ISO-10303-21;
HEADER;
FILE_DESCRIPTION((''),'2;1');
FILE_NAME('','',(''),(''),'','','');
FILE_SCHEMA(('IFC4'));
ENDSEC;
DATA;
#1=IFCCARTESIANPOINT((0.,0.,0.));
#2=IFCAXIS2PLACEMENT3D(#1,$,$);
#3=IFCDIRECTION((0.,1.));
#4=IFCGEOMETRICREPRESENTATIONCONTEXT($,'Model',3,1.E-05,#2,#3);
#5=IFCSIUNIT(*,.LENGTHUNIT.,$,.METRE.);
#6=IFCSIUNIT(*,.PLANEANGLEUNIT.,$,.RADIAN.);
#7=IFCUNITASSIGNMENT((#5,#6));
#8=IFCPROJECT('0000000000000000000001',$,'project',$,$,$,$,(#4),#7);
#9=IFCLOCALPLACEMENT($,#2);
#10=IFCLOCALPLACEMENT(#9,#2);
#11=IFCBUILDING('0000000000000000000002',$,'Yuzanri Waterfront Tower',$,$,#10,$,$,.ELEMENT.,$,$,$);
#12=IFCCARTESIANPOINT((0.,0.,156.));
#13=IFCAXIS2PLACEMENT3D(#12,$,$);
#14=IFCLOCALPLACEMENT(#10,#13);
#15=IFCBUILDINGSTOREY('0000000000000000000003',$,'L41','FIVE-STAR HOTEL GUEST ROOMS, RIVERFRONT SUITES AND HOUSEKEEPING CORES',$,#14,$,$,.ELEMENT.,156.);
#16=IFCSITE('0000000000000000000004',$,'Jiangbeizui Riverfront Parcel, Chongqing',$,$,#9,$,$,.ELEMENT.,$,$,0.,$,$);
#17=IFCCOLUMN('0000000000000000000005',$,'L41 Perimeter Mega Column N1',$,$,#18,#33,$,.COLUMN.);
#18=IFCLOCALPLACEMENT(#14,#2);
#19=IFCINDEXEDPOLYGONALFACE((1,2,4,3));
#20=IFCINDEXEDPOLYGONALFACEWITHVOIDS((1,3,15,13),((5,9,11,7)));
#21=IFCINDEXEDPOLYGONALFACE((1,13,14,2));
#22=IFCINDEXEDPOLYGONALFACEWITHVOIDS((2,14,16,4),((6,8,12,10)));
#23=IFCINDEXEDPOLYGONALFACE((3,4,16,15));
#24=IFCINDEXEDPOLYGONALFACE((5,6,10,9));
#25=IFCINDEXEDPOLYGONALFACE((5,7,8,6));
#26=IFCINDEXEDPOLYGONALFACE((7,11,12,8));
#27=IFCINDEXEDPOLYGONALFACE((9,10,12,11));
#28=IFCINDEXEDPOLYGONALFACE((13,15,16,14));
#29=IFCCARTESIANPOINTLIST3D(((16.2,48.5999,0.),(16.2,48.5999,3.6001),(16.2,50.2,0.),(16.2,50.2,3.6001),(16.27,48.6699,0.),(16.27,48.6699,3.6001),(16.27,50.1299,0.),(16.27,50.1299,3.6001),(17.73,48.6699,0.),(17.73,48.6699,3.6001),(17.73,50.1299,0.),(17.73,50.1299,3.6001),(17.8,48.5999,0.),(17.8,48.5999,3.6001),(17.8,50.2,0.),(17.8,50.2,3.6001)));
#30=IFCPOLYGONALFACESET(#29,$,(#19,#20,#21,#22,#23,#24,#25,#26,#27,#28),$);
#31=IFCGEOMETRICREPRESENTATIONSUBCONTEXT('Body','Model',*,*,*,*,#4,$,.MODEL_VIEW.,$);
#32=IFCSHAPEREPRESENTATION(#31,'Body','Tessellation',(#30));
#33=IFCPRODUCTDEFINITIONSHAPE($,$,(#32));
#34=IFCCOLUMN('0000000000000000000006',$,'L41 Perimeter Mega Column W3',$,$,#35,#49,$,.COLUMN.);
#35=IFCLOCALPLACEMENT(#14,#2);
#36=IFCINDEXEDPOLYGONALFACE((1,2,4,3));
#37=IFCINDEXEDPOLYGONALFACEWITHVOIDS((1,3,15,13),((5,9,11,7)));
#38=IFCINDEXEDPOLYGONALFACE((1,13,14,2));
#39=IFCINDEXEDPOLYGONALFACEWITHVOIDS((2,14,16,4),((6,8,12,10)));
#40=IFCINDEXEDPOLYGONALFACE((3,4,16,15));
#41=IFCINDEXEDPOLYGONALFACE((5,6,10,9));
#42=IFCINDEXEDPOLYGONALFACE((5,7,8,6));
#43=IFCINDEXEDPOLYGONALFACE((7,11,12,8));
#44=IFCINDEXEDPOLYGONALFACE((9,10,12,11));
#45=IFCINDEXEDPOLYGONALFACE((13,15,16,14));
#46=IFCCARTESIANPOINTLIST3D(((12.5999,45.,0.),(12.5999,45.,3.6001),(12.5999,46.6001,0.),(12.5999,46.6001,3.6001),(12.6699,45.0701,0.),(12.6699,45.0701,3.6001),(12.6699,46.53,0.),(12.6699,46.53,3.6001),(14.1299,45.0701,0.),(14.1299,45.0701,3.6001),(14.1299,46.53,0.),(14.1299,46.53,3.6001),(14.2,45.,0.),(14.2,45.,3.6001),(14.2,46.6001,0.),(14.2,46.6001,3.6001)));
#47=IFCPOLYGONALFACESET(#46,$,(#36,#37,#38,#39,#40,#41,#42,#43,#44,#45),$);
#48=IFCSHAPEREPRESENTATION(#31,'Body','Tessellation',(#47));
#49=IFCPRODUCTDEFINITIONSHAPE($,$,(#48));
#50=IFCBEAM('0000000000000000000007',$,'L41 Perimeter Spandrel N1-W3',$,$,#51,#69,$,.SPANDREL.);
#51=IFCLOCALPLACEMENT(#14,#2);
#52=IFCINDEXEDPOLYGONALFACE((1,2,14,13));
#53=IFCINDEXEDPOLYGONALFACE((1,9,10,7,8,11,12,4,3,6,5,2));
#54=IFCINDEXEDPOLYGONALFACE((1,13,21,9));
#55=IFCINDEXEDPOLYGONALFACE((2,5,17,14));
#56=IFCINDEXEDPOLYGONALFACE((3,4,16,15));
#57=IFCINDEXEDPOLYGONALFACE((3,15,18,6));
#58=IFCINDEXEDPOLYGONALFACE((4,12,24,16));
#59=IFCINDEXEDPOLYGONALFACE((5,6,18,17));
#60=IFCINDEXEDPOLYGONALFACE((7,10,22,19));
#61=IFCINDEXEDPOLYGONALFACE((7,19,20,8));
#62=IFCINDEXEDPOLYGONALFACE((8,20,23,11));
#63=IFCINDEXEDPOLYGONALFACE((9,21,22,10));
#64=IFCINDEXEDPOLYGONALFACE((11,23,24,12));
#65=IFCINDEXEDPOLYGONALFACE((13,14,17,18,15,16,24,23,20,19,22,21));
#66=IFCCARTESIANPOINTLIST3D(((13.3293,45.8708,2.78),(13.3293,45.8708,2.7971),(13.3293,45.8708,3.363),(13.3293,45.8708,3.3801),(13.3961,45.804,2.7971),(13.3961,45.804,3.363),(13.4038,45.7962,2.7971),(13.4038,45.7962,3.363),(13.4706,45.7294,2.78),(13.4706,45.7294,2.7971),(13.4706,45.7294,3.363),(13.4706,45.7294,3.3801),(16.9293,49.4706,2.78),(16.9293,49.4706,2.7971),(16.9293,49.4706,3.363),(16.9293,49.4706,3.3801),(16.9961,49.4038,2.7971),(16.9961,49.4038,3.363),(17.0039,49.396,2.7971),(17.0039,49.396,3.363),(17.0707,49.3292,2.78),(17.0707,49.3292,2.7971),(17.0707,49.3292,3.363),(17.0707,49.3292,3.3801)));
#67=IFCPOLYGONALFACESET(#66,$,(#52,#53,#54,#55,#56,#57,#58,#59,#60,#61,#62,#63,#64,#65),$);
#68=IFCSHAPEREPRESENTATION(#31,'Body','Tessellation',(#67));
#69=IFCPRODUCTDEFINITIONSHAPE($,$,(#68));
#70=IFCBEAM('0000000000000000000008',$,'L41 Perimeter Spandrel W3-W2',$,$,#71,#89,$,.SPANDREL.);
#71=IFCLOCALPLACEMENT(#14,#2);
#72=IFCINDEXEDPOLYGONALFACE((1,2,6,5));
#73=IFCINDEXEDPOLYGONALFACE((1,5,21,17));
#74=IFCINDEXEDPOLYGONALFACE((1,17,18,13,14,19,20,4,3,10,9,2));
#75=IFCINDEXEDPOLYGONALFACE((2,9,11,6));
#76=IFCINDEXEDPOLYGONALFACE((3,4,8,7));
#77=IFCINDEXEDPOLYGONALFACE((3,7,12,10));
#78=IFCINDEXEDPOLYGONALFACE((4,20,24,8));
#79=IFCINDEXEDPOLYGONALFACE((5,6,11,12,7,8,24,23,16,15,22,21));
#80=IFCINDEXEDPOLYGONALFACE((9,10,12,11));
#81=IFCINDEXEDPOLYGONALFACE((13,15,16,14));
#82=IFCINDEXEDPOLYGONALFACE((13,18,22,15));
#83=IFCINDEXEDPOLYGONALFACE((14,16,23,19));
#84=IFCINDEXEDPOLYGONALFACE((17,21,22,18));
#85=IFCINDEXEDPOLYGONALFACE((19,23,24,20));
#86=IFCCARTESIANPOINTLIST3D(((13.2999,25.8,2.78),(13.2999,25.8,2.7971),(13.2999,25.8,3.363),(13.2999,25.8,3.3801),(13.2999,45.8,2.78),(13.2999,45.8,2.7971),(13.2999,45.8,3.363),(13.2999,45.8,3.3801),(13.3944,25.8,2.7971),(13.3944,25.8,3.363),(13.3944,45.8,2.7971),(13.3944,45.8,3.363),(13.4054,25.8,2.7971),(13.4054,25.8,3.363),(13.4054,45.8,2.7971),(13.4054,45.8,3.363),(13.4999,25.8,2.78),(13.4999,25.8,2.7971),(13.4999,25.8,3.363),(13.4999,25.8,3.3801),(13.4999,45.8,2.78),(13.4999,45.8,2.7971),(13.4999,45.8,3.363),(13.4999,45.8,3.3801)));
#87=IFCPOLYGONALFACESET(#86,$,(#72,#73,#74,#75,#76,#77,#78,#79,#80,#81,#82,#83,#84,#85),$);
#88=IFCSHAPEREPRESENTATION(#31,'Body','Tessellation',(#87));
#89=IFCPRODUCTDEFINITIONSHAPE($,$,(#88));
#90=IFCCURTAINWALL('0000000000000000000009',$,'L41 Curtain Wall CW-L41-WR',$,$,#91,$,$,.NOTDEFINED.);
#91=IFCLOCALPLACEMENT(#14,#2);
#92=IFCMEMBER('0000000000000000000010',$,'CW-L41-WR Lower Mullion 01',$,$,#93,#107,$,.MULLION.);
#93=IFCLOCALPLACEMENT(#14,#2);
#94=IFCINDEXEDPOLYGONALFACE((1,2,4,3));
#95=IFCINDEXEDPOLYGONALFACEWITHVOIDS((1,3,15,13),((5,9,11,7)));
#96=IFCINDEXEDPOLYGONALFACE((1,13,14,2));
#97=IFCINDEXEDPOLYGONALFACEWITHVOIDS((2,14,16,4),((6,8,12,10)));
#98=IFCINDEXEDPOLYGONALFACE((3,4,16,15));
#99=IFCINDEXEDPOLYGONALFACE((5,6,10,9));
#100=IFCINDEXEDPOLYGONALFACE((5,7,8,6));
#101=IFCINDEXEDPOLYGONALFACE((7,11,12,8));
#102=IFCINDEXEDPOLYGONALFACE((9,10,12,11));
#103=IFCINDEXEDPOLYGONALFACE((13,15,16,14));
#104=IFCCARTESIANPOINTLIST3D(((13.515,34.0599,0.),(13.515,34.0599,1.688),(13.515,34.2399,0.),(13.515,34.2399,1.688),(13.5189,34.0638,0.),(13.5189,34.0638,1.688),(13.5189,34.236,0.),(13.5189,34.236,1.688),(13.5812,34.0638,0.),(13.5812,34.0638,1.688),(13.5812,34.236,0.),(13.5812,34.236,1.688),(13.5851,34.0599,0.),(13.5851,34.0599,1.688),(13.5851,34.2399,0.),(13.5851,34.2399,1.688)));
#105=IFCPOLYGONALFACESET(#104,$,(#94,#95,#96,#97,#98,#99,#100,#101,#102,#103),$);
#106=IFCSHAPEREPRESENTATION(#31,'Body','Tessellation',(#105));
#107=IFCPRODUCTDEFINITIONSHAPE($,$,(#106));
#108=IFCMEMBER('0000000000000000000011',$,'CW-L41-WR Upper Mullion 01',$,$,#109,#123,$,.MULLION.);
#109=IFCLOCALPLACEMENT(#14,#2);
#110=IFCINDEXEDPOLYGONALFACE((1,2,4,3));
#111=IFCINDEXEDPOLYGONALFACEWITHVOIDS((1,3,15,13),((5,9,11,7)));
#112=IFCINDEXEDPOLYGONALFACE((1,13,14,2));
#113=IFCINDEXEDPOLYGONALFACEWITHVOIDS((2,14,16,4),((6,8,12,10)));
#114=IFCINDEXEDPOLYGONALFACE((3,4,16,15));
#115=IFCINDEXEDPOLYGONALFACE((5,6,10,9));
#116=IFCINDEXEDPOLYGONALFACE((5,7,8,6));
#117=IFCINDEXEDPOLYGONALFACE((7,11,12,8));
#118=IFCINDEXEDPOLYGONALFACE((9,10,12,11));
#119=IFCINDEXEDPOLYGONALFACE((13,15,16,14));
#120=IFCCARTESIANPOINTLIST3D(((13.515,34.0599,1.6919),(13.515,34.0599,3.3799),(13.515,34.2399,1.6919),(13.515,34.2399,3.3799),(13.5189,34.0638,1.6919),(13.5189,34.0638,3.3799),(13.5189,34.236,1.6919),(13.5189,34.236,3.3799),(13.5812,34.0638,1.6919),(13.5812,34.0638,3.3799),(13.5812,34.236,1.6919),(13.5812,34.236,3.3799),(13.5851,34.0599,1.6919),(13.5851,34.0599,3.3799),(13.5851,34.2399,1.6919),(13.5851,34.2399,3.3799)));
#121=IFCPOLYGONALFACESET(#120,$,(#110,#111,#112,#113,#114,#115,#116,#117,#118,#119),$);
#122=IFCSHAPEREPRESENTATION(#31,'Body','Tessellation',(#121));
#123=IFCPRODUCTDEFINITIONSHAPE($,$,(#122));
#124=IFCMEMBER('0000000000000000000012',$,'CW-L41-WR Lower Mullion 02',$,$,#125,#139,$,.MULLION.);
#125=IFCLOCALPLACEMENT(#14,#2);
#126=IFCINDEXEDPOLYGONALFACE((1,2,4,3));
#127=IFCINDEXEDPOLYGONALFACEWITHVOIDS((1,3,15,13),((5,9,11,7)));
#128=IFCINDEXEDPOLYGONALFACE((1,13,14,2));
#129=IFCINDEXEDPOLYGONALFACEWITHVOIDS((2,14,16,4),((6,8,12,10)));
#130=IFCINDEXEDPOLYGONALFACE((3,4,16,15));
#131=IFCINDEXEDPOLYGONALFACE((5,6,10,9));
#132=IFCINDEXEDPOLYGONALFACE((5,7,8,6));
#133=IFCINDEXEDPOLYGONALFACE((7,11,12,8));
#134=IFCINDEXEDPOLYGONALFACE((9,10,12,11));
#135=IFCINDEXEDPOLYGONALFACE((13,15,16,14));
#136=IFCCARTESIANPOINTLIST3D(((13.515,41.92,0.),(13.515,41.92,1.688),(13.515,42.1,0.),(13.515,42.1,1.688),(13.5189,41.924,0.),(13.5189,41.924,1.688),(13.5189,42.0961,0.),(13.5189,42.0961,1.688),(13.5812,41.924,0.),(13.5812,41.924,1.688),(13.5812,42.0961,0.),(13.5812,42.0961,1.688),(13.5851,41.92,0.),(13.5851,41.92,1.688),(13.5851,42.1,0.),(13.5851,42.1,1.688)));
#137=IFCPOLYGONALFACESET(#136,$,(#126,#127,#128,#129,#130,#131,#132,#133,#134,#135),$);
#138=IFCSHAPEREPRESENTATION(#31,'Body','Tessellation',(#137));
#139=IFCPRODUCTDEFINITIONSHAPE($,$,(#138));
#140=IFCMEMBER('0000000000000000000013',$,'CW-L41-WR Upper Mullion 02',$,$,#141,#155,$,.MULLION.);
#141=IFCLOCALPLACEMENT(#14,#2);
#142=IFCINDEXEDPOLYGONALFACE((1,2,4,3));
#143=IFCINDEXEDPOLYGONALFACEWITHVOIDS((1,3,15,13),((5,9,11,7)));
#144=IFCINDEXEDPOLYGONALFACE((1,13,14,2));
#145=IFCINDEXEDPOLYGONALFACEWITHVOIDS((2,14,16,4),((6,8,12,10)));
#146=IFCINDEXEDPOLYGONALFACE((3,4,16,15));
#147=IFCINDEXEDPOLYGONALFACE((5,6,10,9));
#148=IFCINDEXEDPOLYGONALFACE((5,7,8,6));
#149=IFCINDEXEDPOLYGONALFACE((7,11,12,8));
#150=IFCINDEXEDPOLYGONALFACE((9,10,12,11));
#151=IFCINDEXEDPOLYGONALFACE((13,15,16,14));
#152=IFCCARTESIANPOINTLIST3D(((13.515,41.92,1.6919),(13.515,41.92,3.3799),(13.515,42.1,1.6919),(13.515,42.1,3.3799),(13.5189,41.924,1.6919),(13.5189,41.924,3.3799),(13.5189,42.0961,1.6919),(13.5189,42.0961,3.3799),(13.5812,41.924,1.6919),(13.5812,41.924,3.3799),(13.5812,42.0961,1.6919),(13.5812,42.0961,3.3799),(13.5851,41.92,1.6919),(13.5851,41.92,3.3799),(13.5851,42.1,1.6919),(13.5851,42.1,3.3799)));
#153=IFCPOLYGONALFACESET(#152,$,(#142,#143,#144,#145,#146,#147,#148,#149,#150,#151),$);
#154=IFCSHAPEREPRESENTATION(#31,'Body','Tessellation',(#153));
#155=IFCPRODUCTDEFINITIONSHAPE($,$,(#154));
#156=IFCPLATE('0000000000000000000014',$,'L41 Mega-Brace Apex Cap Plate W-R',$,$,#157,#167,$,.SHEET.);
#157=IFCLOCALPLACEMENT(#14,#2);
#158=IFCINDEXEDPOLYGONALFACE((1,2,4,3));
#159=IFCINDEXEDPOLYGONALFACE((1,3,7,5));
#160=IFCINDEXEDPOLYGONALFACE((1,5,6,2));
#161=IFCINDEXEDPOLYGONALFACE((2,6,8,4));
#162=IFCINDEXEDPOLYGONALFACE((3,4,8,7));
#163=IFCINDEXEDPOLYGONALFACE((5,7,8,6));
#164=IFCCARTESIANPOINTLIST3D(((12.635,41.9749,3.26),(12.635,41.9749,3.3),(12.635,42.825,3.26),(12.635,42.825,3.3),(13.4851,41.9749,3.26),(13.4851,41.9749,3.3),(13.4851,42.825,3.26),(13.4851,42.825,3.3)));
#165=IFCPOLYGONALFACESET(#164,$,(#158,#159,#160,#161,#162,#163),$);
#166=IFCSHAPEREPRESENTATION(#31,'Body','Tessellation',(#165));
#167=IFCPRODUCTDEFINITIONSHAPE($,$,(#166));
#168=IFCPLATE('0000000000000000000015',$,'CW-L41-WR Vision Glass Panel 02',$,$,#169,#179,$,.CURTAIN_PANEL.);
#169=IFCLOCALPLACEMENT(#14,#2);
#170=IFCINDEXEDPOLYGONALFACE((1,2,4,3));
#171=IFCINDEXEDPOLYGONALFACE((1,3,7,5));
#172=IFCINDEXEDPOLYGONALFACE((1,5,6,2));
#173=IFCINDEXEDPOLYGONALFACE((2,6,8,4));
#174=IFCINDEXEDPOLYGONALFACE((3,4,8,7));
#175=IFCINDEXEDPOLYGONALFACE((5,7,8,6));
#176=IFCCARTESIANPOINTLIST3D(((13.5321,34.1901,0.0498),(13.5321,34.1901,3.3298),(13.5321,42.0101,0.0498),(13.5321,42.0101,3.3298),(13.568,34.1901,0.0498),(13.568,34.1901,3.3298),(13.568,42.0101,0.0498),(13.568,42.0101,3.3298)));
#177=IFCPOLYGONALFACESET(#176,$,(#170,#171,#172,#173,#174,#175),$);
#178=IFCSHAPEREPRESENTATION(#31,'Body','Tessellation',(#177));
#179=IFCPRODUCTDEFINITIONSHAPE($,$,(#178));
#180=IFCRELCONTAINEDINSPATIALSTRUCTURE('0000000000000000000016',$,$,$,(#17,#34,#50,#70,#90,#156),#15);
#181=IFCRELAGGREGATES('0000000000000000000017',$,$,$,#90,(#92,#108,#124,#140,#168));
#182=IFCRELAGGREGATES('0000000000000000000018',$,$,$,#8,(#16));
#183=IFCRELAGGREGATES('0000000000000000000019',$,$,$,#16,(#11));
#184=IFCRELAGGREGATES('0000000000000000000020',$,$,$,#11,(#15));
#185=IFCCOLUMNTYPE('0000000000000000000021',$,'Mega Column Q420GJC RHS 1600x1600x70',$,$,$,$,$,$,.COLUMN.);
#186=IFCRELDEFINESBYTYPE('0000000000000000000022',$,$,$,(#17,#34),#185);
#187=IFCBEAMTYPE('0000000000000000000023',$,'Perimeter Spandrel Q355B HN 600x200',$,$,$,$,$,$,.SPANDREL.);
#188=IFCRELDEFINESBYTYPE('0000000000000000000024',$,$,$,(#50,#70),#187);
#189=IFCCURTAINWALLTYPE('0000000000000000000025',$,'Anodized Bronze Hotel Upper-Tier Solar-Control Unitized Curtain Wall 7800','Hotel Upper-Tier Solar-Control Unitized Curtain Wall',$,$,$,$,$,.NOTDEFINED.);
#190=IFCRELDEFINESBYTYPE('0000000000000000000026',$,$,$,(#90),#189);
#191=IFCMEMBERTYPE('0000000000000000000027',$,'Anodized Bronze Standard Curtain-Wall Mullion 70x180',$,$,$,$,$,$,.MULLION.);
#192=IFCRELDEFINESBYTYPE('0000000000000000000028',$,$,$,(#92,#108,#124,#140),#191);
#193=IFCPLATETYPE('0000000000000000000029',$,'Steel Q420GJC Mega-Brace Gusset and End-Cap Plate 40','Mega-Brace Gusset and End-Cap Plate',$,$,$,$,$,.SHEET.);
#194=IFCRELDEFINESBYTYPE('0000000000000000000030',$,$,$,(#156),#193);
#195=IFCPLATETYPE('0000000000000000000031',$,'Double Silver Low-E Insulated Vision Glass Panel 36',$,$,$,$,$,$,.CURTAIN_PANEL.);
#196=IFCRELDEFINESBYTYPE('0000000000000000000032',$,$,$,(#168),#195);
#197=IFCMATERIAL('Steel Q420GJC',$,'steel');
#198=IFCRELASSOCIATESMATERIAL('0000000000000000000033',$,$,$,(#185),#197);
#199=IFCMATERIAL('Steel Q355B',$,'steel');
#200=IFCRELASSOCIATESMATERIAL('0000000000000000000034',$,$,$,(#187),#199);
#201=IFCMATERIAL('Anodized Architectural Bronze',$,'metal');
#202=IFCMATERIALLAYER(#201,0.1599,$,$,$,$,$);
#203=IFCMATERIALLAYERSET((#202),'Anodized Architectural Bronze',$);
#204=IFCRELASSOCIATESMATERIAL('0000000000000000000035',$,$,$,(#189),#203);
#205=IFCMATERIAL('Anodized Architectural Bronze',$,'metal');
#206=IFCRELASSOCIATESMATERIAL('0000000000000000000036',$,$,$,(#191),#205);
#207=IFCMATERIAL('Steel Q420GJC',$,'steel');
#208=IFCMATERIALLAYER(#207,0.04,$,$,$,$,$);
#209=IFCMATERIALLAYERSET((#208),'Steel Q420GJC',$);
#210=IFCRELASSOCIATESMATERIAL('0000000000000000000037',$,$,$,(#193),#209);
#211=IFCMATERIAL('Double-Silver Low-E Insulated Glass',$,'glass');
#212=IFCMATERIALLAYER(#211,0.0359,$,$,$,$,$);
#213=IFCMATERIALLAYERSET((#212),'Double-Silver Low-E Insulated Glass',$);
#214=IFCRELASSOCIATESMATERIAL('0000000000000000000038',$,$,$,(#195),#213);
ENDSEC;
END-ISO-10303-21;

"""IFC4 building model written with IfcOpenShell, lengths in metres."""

from ifc_helpers import new_model, si_unit, direction, frame, origin, origin_2d, place, context, subcontext, project, spatial, rectangle, hollow_rectangle, i_section, extrude, source, transform, mapped, material, layer, layer_set, material_profile, profile_set, type_object, element, aggregate, save


model = new_model("IFC4")

# Units and contexts
model_context = context("Model", 3, precision=1e-05, world=origin(), true_north=direction((0.0, 1.0)))
body_context = subcontext(model_context, "Body", "Model", "MODEL_VIEW")
ifc_project = project(units=[si_unit("LENGTHUNIT", "METRE"), si_unit("PLANEANGLEUNIT", "RADIAN")], contexts=[model_context])

# Site, building, storey
site_placement = place(None, origin())
site = spatial("IfcSite", under=ifc_project, at=site_placement, Name="Jiangbeizui Riverfront Parcel, Chongqing", CompositionType="ELEMENT", RefElevation=0.0)
building_placement = place(site_placement, origin())
building = spatial("IfcBuilding", under=site, at=building_placement, Name="Yuzanri Waterfront Tower", CompositionType="ELEMENT")
storey_placement = place(building_placement, frame((0.0, 0.0, 156.0)))
storey = spatial("IfcBuildingStorey", under=building, at=storey_placement, Name="L41", Description="FIVE-STAR HOTEL GUEST ROOMS, RIVERFRONT SUITES AND HOUSEKEEPING CORES", CompositionType="ELEMENT", Elevation=156.0)

# Columns
ifc_material_1 = material(Name="Steel Q420GJC", Category="steel")
ifc_material_profile_1 = material_profile(ifc_material_1, hollow_rectangle(XDim=1.6001, YDim=1.6001, WallThickness=0.0701, at=origin_2d()), Name="RHS 1600x1600x70")
ifc_profile_set_1 = profile_set([ifc_material_profile_1], Name="Steel Q420GJC")
column_type = type_object("IfcColumnType", Name="Mega Column Q420GJC RHS 1600x1600x70", PredefinedType="COLUMN", material=ifc_profile_set_1)
shared_shape_1 = source(origin(), body_context, "Body", "SweptSolid", [
    extrude(hollow_rectangle(XDim=1.6001, YDim=1.6001, WallThickness=0.0701, at=origin_2d()), origin(), (0.0, 0.0, 1.0), 3.6001),
])
for number, where, z_axis, x_axis, name in (
    (1, (17.0, 49.3999, 0.0), (0.0, 0.0, 1.0), (1.0, 0.0, 0.0), "L41 Perimeter Mega Column N1"),
    (2, (13.3999, 45.8, 0.0), (0.0, 0.0, 1.0), (1.0, 0.0, 0.0), "L41 Perimeter Mega Column W3"),
):
    element("IfcColumn", number, at=place(storey_placement, frame(where, z_axis=z_axis, x_axis=x_axis)), inside=storey, type_object=column_type, Name=name, PredefinedType="COLUMN", context=body_context, shape_type="MappedRepresentation", body=[
        mapped(shared_shape_1, transform((0.0, 0.0, 0.0), scale=1.0)),
    ])

# Beams
ifc_material_2 = material(Name="Steel Q355B", Category="steel")
ifc_material_profile_2 = material_profile(ifc_material_2, i_section(OverallWidth=0.2, OverallDepth=0.6001, WebThickness=0.011, FlangeThickness=0.0171, at=origin_2d()), Name="HN 600x200x11x17")
ifc_profile_set_2 = profile_set([ifc_material_profile_2], Name="Steel Q355B")
beam_type = type_object("IfcBeamType", Name="Perimeter Spandrel Q355B HN 600x200", PredefinedType="SPANDREL", material=ifc_profile_set_2)
shared_shape_2 = source(origin(), body_context, "Body", "SweptSolid", [
    extrude(i_section(OverallWidth=0.2, OverallDepth=0.6001, WebThickness=0.011, FlangeThickness=0.0171, at=origin_2d()), origin(), (0.0, 0.0, 1.0), 5.0911),
])
beam_1_placement = place(storey_placement, frame((17.0, 49.3999, 3.0801), z_axis=(-0.707131, -0.707083, 0.0), x_axis=(0.707083, -0.707131, 0.0)))
element("IfcBeam", 3, at=beam_1_placement, inside=storey, type_object=beam_type, Name="L41 Perimeter Spandrel N1-W3", PredefinedType="SPANDREL", context=body_context, shape_type="MappedRepresentation", body=[
    mapped(shared_shape_2, transform((0.0, 0.0, 0.0), scale=1.0)),
])
shared_shape_3 = source(origin(), body_context, "Body", "SweptSolid", [
    extrude(i_section(OverallWidth=0.2, OverallDepth=0.6001, WebThickness=0.011, FlangeThickness=0.0171, at=origin_2d()), origin(), (0.0, 0.0, 1.0), 20.0),
])
beam_2_placement = place(storey_placement, frame((13.3999, 45.8, 3.0801), z_axis=(0.0, -1.0, 0.0), x_axis=(1.0, 0.0, 0.0)))
element("IfcBeam", 4, at=beam_2_placement, inside=storey, type_object=beam_type, Name="L41 Perimeter Spandrel W3-W2", PredefinedType="SPANDREL", context=body_context, shape_type="MappedRepresentation", body=[
    mapped(shared_shape_3, transform((0.0, 0.0, 0.0), scale=1.0)),
])

# Curtain wall, members
ifc_material_3 = material(Name="Anodized Architectural Bronze", Category="metal")
ifc_layer_1 = layer(ifc_material_3, 0.1599)
ifc_layer_set_1 = layer_set([ifc_layer_1], Name="Anodized Architectural Bronze")
curtain_wall_type = type_object("IfcCurtainWallType", Name="Anodized Bronze Hotel Upper-Tier Solar-Control Unitized Curtain Wall 7800", Description="Hotel Upper-Tier Solar-Control Unitized Curtain Wall", PredefinedType="NOTDEFINED", material=ifc_layer_set_1)
curtain_wall_placement = place(storey_placement, origin())
curtain_wall = element("IfcCurtainWall", 5, at=curtain_wall_placement, inside=storey, type_object=curtain_wall_type, Name="L41 Curtain Wall CW-L41-WR", PredefinedType="NOTDEFINED")
ifc_material_4 = material(Name="Anodized Architectural Bronze", Category="metal")
ifc_material_profile_3 = material_profile(ifc_material_4, hollow_rectangle(XDim=0.0701, YDim=0.1799, WallThickness=0.0039, at=origin_2d()), Name="CWM 70x180")
ifc_profile_set_3 = profile_set([ifc_material_profile_3], Name="Anodized Architectural Bronze")
member_type = type_object("IfcMemberType", Name="Anodized Bronze Standard Curtain-Wall Mullion 70x180", PredefinedType="MULLION", material=ifc_profile_set_3)
shared_shape_4 = source(origin(), body_context, "Body", "SweptSolid", [
    extrude(hollow_rectangle(XDim=0.0701, YDim=0.1799, WallThickness=0.0039, at=origin_2d()), origin(), (0.0, 0.0, 1.0), 1.688),
])
member_1_placement = place(storey_placement, frame((13.55, 34.1499, 0.0), z_axis=(0.0, 0.0, 1.0), x_axis=(1.0, 0.0, 0.0)))
member_1 = element("IfcMember", 6, at=member_1_placement, type_object=member_type, Name="CW-L41-WR Lower Mullion 01", PredefinedType="MULLION", context=body_context, shape_type="MappedRepresentation", body=[
    mapped(shared_shape_4, transform((0.0, 0.0, 0.0), scale=1.0)),
])
member_2_placement = place(storey_placement, frame((13.55, 34.1499, 1.6919), z_axis=(0.0, 0.0, 1.0), x_axis=(1.0, 0.0, 0.0)))
member_2 = element("IfcMember", 7, at=member_2_placement, type_object=member_type, Name="CW-L41-WR Upper Mullion 01", PredefinedType="MULLION", context=body_context, shape_type="MappedRepresentation", body=[
    mapped(shared_shape_4, transform((0.0, 0.0, 0.0), scale=1.0)),
])
member_3_placement = place(storey_placement, frame((13.55, 42.01, 0.0), z_axis=(0.0, 0.0, 1.0), x_axis=(1.0, 0.0, 0.0)))
member_3 = element("IfcMember", 8, at=member_3_placement, type_object=member_type, Name="CW-L41-WR Lower Mullion 02", PredefinedType="MULLION", context=body_context, shape_type="MappedRepresentation", body=[
    mapped(shared_shape_4, transform((0.0, 0.0, 0.0), scale=1.0)),
])
member_4_placement = place(storey_placement, frame((13.55, 42.01, 1.6919), z_axis=(0.0, 0.0, 1.0), x_axis=(1.0, 0.0, 0.0)))
member_4 = element("IfcMember", 9, at=member_4_placement, type_object=member_type, Name="CW-L41-WR Upper Mullion 02", PredefinedType="MULLION", context=body_context, shape_type="MappedRepresentation", body=[
    mapped(shared_shape_4, transform((0.0, 0.0, 0.0), scale=1.0)),
])

# Plates
ifc_material_5 = material(Name="Steel Q420GJC", Category="steel")
ifc_layer_2 = layer(ifc_material_5, 0.04)
ifc_layer_set_2 = layer_set([ifc_layer_2], Name="Steel Q420GJC")
plate_type_1 = type_object("IfcPlateType", Name="Steel Q420GJC Mega-Brace Gusset and End-Cap Plate 40", Description="Mega-Brace Gusset and End-Cap Plate", PredefinedType="SHEET", material=ifc_layer_set_2)
shared_shape_5 = source(origin(), body_context, "Body", "SweptSolid", [
    extrude(rectangle(XDim=0.8501, YDim=0.8501, at=origin_2d()), origin(), (0.0, 0.0, 1.0), 0.04),
])
plate_1_placement = place(storey_placement, frame((13.0601, 42.3999, 3.26), z_axis=(0.0, 0.0, 1.0), x_axis=(1.0, 0.0, 0.0)))
element("IfcPlate", 10, at=plate_1_placement, inside=storey, type_object=plate_type_1, Name="L41 Mega-Brace Apex Cap Plate W-R", PredefinedType="SHEET", context=body_context, shape_type="MappedRepresentation", body=[
    mapped(shared_shape_5, transform((0.0, 0.0, 0.0), scale=1.0)),
])
ifc_material_6 = material(Name="Double-Silver Low-E Insulated Glass", Category="glass")
ifc_layer_3 = layer(ifc_material_6, 0.0359)
ifc_layer_set_3 = layer_set([ifc_layer_3], Name="Double-Silver Low-E Insulated Glass")
plate_type_2 = type_object("IfcPlateType", Name="Double Silver Low-E Insulated Vision Glass Panel 36", PredefinedType="CURTAIN_PANEL", material=ifc_layer_set_3)
shared_shape_6 = source(origin(), body_context, "Body", "SweptSolid", [
    extrude(rectangle(XDim=7.8201, YDim=0.0359, at=origin_2d()), origin(), (0.0, 0.0, 1.0), 3.28),
])
plate_2_placement = place(storey_placement, frame((13.55, 38.1001, 0.0498), z_axis=(0.0, 0.0, 1.0), x_axis=(0.0, 1.0, 0.0)))
plate_2 = element("IfcPlate", 11, at=plate_2_placement, type_object=plate_type_2, Name="CW-L41-WR Vision Glass Panel 02", PredefinedType="CURTAIN_PANEL", context=body_context, shape_type="MappedRepresentation", body=[
    mapped(shared_shape_6, transform((0.0, 0.0, 0.0), scale=1.0)),
])
aggregate(curtain_wall, [member_1, member_2, member_3, member_4, plate_2])

save(model, "model.ifc")
